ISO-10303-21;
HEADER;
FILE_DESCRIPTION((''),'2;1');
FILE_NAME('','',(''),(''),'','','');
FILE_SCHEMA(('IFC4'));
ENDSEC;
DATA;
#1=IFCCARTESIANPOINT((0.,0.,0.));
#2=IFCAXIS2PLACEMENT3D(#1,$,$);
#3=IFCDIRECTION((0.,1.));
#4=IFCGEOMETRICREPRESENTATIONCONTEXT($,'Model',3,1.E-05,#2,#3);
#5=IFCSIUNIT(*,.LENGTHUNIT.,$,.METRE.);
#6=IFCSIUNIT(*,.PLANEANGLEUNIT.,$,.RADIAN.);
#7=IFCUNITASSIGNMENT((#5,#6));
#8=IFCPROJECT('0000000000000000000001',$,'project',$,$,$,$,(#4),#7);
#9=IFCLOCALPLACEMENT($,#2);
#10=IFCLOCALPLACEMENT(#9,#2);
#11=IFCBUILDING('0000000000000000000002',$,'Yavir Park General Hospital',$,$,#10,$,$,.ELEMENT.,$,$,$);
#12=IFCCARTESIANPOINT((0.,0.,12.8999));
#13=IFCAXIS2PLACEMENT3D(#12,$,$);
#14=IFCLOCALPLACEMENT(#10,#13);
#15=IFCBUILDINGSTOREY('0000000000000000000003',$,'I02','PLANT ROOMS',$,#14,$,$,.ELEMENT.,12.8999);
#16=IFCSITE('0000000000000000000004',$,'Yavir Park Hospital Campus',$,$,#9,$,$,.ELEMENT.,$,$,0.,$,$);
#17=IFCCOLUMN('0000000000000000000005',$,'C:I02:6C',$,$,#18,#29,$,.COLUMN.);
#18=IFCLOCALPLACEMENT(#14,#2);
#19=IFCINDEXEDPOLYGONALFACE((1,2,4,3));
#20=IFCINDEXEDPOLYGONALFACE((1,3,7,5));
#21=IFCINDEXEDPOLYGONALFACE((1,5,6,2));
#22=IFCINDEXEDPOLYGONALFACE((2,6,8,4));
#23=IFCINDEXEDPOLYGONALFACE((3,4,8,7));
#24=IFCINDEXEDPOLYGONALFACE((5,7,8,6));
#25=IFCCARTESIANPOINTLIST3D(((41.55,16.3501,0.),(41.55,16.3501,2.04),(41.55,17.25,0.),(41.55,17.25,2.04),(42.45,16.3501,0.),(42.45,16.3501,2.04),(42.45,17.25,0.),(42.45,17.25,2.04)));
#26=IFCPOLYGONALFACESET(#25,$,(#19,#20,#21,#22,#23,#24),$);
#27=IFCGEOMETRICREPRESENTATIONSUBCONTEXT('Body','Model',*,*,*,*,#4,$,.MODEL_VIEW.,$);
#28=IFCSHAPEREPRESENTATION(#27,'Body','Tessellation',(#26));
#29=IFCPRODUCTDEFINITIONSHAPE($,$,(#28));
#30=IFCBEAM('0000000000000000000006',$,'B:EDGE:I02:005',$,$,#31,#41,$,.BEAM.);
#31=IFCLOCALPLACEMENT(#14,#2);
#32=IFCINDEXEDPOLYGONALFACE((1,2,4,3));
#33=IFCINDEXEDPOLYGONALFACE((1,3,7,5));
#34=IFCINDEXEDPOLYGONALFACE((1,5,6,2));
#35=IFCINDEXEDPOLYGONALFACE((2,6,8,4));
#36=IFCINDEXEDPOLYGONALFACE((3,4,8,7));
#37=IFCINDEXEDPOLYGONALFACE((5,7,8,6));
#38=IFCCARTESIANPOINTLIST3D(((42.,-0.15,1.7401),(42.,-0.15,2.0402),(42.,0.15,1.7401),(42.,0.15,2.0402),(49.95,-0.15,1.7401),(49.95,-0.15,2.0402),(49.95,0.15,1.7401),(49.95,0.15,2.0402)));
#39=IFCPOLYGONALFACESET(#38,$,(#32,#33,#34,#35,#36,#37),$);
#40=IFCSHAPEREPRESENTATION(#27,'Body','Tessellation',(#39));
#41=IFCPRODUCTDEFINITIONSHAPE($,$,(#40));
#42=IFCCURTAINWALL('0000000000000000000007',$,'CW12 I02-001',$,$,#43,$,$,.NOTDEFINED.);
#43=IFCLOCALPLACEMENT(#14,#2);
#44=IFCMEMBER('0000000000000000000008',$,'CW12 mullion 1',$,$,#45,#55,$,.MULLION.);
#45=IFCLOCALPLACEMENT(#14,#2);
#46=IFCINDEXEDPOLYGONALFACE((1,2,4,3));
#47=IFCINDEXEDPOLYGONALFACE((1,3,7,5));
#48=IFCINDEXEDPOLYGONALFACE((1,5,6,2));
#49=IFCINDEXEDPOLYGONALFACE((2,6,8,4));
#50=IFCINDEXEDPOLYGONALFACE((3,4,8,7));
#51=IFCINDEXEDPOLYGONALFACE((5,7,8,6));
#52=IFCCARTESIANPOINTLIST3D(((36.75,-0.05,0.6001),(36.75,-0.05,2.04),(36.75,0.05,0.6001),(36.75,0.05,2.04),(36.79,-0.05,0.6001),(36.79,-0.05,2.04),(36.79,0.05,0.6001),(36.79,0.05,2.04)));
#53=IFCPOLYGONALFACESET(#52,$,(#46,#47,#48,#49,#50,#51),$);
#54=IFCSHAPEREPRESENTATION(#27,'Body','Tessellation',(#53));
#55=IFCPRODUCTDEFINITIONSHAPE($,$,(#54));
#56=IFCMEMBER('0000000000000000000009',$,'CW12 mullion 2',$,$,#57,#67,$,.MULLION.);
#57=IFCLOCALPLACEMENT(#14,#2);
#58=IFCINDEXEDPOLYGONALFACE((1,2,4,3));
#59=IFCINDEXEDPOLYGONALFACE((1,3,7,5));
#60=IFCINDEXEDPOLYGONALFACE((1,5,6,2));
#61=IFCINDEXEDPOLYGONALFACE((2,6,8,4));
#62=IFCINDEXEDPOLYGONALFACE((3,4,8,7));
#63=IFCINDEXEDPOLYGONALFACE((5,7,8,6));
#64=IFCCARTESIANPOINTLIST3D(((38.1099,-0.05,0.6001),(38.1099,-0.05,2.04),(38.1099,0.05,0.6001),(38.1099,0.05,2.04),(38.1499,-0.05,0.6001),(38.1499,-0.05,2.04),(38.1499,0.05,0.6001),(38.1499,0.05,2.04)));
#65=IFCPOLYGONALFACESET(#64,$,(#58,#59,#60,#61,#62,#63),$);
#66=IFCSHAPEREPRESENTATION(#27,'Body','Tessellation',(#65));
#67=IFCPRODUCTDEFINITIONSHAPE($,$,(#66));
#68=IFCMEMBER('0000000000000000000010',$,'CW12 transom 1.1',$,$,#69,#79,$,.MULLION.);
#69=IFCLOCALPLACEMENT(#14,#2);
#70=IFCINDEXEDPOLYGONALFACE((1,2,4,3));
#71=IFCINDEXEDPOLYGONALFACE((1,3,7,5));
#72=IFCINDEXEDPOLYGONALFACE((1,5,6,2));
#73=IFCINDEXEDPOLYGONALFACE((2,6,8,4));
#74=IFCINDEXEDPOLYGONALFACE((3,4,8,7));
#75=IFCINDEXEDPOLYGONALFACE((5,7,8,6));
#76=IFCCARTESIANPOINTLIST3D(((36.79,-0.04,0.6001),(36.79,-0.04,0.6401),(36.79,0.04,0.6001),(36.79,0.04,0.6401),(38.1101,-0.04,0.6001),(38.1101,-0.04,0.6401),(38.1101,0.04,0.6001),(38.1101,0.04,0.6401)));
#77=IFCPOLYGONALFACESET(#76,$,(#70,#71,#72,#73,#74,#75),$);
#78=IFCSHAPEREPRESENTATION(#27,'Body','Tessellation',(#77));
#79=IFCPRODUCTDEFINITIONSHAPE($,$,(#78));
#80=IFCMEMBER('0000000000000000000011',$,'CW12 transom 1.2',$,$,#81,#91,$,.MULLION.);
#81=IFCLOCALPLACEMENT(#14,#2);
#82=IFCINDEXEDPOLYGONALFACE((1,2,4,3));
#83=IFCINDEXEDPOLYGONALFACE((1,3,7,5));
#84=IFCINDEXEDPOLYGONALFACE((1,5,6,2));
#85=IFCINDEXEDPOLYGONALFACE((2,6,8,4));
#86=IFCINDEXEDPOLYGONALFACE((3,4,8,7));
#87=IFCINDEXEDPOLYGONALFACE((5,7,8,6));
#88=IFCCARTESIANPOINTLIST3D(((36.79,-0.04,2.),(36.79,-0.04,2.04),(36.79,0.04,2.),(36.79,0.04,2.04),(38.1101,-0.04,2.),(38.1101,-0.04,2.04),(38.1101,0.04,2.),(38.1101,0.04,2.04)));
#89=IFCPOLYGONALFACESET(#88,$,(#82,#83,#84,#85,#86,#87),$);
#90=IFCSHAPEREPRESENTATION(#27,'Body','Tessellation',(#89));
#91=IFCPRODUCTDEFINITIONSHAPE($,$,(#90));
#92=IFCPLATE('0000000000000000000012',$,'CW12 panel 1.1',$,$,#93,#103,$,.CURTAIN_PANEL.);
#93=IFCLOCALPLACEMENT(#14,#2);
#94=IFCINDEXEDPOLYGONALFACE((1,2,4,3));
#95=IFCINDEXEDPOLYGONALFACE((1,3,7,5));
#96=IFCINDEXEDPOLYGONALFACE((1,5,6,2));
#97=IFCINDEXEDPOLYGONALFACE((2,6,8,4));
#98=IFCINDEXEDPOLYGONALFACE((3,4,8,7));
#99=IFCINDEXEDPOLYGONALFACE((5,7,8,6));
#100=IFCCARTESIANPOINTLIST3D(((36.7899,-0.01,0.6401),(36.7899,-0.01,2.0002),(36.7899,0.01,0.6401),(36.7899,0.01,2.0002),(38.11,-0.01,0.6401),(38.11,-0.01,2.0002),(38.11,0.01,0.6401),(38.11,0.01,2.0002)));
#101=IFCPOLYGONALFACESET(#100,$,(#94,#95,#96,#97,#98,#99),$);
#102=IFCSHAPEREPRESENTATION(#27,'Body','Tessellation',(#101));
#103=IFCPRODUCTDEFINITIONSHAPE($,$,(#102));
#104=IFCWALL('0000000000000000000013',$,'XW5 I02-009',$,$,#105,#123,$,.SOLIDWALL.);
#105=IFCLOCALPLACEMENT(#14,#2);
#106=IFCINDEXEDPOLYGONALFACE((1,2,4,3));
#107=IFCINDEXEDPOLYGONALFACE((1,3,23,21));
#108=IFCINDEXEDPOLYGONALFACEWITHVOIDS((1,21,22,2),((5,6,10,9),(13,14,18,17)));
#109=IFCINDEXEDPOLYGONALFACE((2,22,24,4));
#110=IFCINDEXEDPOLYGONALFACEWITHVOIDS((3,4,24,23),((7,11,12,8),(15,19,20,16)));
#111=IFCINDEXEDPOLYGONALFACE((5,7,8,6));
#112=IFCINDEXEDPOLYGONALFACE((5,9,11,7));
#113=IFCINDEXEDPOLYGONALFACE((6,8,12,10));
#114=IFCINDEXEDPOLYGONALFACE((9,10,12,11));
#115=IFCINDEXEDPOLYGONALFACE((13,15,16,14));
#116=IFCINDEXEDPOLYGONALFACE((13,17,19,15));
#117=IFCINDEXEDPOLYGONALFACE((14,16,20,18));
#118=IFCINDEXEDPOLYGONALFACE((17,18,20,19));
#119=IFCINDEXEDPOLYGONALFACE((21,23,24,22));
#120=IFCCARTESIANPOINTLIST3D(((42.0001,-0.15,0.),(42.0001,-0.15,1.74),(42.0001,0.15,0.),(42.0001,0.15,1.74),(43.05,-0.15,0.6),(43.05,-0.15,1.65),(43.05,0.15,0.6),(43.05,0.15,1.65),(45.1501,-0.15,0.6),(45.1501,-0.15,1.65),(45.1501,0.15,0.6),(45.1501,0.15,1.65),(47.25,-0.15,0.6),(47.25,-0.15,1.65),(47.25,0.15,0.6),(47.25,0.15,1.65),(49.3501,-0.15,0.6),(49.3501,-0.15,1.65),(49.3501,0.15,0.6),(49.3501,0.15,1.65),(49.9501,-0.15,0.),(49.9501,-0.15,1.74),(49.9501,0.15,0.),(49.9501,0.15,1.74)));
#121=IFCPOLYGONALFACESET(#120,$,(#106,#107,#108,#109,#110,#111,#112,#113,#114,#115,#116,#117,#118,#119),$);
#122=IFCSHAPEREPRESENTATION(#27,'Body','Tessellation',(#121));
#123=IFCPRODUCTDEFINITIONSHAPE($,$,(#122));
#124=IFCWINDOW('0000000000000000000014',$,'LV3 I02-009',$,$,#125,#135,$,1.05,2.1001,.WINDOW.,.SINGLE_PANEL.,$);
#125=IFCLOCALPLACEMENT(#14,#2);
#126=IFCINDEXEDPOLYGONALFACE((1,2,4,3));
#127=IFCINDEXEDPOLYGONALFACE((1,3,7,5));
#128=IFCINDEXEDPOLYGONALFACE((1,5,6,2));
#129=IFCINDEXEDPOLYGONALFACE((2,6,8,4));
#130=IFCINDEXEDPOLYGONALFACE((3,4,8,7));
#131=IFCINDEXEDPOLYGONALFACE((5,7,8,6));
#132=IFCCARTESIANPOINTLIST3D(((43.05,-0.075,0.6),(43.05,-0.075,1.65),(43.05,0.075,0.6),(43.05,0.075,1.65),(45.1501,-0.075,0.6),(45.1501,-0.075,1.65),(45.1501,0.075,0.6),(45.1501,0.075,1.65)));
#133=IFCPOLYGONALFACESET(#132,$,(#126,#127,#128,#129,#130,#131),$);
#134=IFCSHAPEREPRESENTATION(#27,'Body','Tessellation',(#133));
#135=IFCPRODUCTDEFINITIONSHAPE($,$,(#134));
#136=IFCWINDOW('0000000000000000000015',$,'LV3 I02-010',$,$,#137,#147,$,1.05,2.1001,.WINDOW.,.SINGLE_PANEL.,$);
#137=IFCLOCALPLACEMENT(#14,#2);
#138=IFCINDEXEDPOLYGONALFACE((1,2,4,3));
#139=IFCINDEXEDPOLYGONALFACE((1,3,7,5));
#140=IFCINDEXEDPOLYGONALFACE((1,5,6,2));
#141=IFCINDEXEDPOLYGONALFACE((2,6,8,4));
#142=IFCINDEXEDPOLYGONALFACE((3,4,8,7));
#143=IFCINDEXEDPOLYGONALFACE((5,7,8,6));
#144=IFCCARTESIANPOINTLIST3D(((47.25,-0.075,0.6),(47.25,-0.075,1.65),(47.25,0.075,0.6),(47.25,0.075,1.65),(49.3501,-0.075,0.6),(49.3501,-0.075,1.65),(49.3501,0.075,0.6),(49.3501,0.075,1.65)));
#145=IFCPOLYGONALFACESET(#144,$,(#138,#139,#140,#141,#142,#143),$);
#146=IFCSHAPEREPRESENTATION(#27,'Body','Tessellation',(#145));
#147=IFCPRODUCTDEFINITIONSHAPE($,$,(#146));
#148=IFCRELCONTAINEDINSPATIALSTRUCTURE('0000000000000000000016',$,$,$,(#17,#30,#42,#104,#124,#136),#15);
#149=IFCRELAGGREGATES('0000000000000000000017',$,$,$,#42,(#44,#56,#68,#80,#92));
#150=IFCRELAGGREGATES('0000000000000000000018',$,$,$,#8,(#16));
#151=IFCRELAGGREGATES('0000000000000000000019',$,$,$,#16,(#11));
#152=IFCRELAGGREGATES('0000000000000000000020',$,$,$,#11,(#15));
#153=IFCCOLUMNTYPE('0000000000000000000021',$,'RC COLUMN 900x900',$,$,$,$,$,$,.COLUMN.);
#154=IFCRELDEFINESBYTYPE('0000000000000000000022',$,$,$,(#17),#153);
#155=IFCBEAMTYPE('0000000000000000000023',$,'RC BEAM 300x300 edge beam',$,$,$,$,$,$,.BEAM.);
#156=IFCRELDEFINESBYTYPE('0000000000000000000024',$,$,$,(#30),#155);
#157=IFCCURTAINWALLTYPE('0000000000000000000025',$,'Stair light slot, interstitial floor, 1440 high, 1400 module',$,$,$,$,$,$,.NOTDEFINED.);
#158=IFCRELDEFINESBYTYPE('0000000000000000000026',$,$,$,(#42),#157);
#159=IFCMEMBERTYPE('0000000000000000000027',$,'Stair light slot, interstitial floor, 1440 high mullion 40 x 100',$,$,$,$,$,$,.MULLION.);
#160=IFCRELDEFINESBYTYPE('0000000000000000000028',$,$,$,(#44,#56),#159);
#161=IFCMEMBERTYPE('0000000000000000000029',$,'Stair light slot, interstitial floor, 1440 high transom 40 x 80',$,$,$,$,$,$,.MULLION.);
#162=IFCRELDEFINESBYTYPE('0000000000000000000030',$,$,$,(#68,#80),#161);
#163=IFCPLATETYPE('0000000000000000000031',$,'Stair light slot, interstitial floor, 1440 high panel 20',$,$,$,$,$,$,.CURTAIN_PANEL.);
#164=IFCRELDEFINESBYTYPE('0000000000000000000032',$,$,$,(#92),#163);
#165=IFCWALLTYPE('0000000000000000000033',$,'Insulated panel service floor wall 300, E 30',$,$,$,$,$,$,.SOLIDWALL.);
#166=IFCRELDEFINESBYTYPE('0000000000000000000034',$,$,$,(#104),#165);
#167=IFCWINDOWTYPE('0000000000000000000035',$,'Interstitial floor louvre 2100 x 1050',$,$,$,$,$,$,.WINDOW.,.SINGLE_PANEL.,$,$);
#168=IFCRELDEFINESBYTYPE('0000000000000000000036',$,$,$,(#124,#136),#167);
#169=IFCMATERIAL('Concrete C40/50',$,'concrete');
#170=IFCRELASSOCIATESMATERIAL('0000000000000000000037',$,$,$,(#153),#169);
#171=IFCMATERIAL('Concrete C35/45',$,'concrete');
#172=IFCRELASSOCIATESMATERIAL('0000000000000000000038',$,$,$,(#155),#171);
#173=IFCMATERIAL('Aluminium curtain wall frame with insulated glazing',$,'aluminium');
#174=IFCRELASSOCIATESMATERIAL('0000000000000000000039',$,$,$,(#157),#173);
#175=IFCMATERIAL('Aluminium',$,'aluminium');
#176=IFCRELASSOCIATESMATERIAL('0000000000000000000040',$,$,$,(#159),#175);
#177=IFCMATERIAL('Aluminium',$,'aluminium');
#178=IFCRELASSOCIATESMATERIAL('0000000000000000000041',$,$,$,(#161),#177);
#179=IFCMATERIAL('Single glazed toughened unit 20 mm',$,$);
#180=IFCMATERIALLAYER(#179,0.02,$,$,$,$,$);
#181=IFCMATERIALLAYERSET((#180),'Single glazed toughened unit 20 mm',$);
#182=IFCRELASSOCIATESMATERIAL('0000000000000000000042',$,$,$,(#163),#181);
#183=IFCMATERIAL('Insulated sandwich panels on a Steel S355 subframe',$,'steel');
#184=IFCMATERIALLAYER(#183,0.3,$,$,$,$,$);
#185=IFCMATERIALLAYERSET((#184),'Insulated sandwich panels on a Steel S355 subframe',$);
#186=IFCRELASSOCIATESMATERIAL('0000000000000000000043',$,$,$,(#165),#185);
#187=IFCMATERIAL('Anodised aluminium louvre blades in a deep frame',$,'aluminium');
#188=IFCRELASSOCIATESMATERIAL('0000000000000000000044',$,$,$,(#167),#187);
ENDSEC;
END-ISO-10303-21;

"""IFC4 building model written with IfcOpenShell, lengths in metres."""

from ifc_helpers import new_model, si_unit, direction, frame, frame_2d, origin, origin_2d, place, context, subcontext, project, spatial, rectangle, extrude, material, layer, layer_set, material_profile, profile_set, type_object, element, fill, aggregate, save


model = new_model("IFC4")

# Units and contexts
model_context = context("Model", 3, precision=1e-05, world=origin(), true_north=direction((0.0, 1.0)))
body_context = subcontext(model_context, "Body", "Model", "MODEL_VIEW")
ifc_project = project(units=[si_unit("LENGTHUNIT", "METRE"), si_unit("PLANEANGLEUNIT", "RADIAN")], contexts=[model_context])

# Site, building, storey
site_placement = place(None, origin())
site = spatial("IfcSite", under=ifc_project, at=site_placement, Name="Yavir Park Hospital Campus", CompositionType="ELEMENT", RefElevation=0.0)
building_placement = place(site_placement, origin())
building = spatial("IfcBuilding", under=site, at=building_placement, Name="Yavir Park General Hospital", CompositionType="ELEMENT")
storey_placement = place(building_placement, frame((0.0, 0.0, 12.8999)))
storey = spatial("IfcBuildingStorey", under=building, at=storey_placement, Name="I02", Description="PLANT ROOMS", CompositionType="ELEMENT", Elevation=12.8999)

# Column
ifc_material_1 = material(Name="Concrete C40/50", Category="concrete")
ifc_material_profile_1 = material_profile(ifc_material_1, rectangle(XDim=0.8999, YDim=0.8999, at=origin_2d()), Name="RC900x900")
ifc_profile_set_1 = profile_set([ifc_material_profile_1], Name="Concrete C40/50")
column_type = type_object("IfcColumnType", Name="RC COLUMN 900x900", PredefinedType="COLUMN", material=ifc_profile_set_1)
column_placement = place(storey_placement, frame((42.0, 16.8, 0.0), z_axis=(0.0, 0.0, 1.0), x_axis=(1.0, 0.0, 0.0)))
element("IfcColumn", 1, at=column_placement, inside=storey, type_object=column_type, Name="C:I02:6C", PredefinedType="COLUMN", context=body_context, shape_type="SweptSolid", body=[
    extrude(rectangle(XDim=0.8999, YDim=0.8999, at=origin_2d()), origin(), (0.0, 0.0, 1.0), 2.04),
])

# Beam
ifc_material_2 = material(Name="Concrete C35/45", Category="concrete")
ifc_material_profile_2 = material_profile(ifc_material_2, rectangle(XDim=0.3, YDim=0.3, at=origin_2d()), Name="RC300x300")
ifc_profile_set_2 = profile_set([ifc_material_profile_2], Name="Concrete C35/45")
beam_type = type_object("IfcBeamType", Name="RC BEAM 300x300 edge beam", PredefinedType="BEAM", material=ifc_profile_set_2)
beam_placement = place(storey_placement, frame((42.0, 0.0, 1.8901), z_axis=(1.0, 0.0, 0.0), x_axis=(0.0, 1.0, 0.0)))
element("IfcBeam", 2, at=beam_placement, inside=storey, type_object=beam_type, Name="B:EDGE:I02:005", PredefinedType="BEAM", context=body_context, shape_type="SweptSolid", body=[
    extrude(rectangle(XDim=0.3, YDim=0.3, at=origin_2d()), origin(), (0.0, 0.0, 1.0), 7.95),
])

# Curtain wall, members, plate
ifc_material_3 = material(Name="Aluminium curtain wall frame with insulated glazing", Category="aluminium")
curtain_wall_type = type_object("IfcCurtainWallType", Name="Stair light slot, interstitial floor, 1440 high, 1400 module", PredefinedType="NOTDEFINED", material=ifc_material_3)
curtain_wall_placement = place(storey_placement, origin())
curtain_wall = element("IfcCurtainWall", 3, at=curtain_wall_placement, inside=storey, type_object=curtain_wall_type, Name="CW12 I02-001", PredefinedType="NOTDEFINED")
ifc_material_4 = material(Name="Aluminium", Category="aluminium")
ifc_material_profile_3 = material_profile(ifc_material_4, rectangle(XDim=0.1001, YDim=0.04, at=origin_2d()), Name="AL 40x100")
ifc_profile_set_3 = profile_set([ifc_material_profile_3], Name="Aluminium")
member_type_1 = type_object("IfcMemberType", Name="Stair light slot, interstitial floor, 1440 high mullion 40 x 100", PredefinedType="MULLION", material=ifc_profile_set_3)
member_1_placement = place(storey_placement, frame((36.77, 0.0, 0.6001), z_axis=(0.0, 0.0, 1.0), x_axis=(0.0, 1.0, 0.0)))
member_1 = element("IfcMember", 4, at=member_1_placement, type_object=member_type_1, Name="CW12 mullion 1", PredefinedType="MULLION", context=body_context, shape_type="SweptSolid", body=[
    extrude(rectangle(XDim=0.1001, YDim=0.04, at=origin_2d()), origin(), (0.0, 0.0, 1.0), 1.4399),
])
member_2_placement = place(storey_placement, frame((38.1299, 0.0, 0.6001), z_axis=(0.0, 0.0, 1.0), x_axis=(0.0, 1.0, 0.0)))
member_2 = element("IfcMember", 5, at=member_2_placement, type_object=member_type_1, Name="CW12 mullion 2", PredefinedType="MULLION", context=body_context, shape_type="SweptSolid", body=[
    extrude(rectangle(XDim=0.1001, YDim=0.04, at=origin_2d()), origin(), (0.0, 0.0, 1.0), 1.4399),
])
ifc_material_5 = material(Name="Aluminium", Category="aluminium")
ifc_material_profile_4 = material_profile(ifc_material_5, rectangle(XDim=0.0801, YDim=0.04, at=origin_2d()), Name="AL 80x40")
ifc_profile_set_4 = profile_set([ifc_material_profile_4], Name="Aluminium")
member_type_2 = type_object("IfcMemberType", Name="Stair light slot, interstitial floor, 1440 high transom 40 x 80", PredefinedType="MULLION", material=ifc_profile_set_4)
member_3_placement = place(storey_placement, frame((36.79, 0.0, 0.6201), z_axis=(1.0, 0.0, 0.0), x_axis=(0.0, 1.0, 0.0)))
member_3 = element("IfcMember", 6, at=member_3_placement, type_object=member_type_2, Name="CW12 transom 1.1", PredefinedType="MULLION", context=body_context, shape_type="SweptSolid", body=[
    extrude(rectangle(XDim=0.0801, YDim=0.04, at=origin_2d()), origin(), (0.0, 0.0, 1.0), 1.3201),
])
member_4_placement = place(storey_placement, frame((36.79, 0.0, 2.02), z_axis=(1.0, 0.0, 0.0), x_axis=(0.0, 1.0, 0.0)))
member_4 = element("IfcMember", 7, at=member_4_placement, type_object=member_type_2, Name="CW12 transom 1.2", PredefinedType="MULLION", context=body_context, shape_type="SweptSolid", body=[
    extrude(rectangle(XDim=0.0801, YDim=0.04, at=origin_2d()), origin(), (0.0, 0.0, 1.0), 1.3201),
])
ifc_material_6 = material(Name="Single glazed toughened unit 20 mm")
ifc_layer_1 = layer(ifc_material_6, 0.02)
ifc_layer_set_1 = layer_set([ifc_layer_1], Name="Single glazed toughened unit 20 mm")
plate_type = type_object("IfcPlateType", Name="Stair light slot, interstitial floor, 1440 high panel 20", PredefinedType="CURTAIN_PANEL", material=ifc_layer_set_1)
plate_placement = place(storey_placement, frame((37.45, 0.0, 0.6401), z_axis=(0.0, 0.0, 1.0), x_axis=(1.0, 0.0, 0.0)))
plate = element("IfcPlate", 8, at=plate_placement, type_object=plate_type, Name="CW12 panel 1.1", PredefinedType="CURTAIN_PANEL", context=body_context, shape_type="SweptSolid", body=[
    extrude(rectangle(XDim=1.3201, YDim=0.02, at=origin_2d()), origin(), (0.0, 0.0, 1.0), 1.3601),
])
aggregate(curtain_wall, [member_1, member_2, member_3, member_4, plate])

# Wall, openings, windows
ifc_material_7 = material(Name="Insulated sandwich panels on a Steel S355 subframe", Category="steel")
ifc_layer_2 = layer(ifc_material_7, 0.3)
ifc_layer_set_2 = layer_set([ifc_layer_2], Name="Insulated sandwich panels on a Steel S355 subframe")
wall_type_1 = type_object("IfcWallType", Name="Insulated panel service floor wall 300, E 30", PredefinedType="SOLIDWALL", material=ifc_layer_set_2)
wall_1_placement = place(storey_placement, frame((42.0, 0.0, 0.0), z_axis=(0.0, 0.0, 1.0), x_axis=(1.0, 0.0, 0.0)))
wall_1 = element("IfcWall", 9, at=wall_1_placement, inside=storey, type_object=wall_type_1, Name="XW5 I02-009", PredefinedType="SOLIDWALL", context=body_context, shape_type="SweptSolid", body=[
    extrude(rectangle(XDim=7.95, YDim=0.3, at=frame_2d((3.9751, 0.0))), origin(), (0.0, 0.0, 1.0), 1.74),
])
opening_1_placement = place(wall_1_placement, frame((1.05, 0.0, 0.6001)))
opening_1 = element("IfcOpeningElement", 10, at=opening_1_placement, cuts=wall_1, PredefinedType="OPENING", context=body_context, shape_type="SweptSolid", body=[
    extrude(rectangle(XDim=2.1001, YDim=1.05, at=frame_2d((1.05, 0.5249))), frame((0.0, 0.1599, 0.0), z_axis=(0.0, -1.0, 0.0), x_axis=(1.0, 0.0, 0.0)), (0.0, 0.0, 1.0), 0.3201),
])
opening_2_placement = place(wall_1_placement, frame((5.25, 0.0, 0.6001)))
opening_2 = element("IfcOpeningElement", 11, at=opening_2_placement, cuts=wall_1, PredefinedType="OPENING", context=body_context, shape_type="SweptSolid", body=[
    extrude(rectangle(XDim=2.1001, YDim=1.05, at=frame_2d((1.05, 0.5249))), frame((0.0, 0.1599, 0.0), z_axis=(0.0, -1.0, 0.0), x_axis=(1.0, 0.0, 0.0)), (0.0, 0.0, 1.0), 0.3201),
])
ifc_material_8 = material(Name="Anodised aluminium louvre blades in a deep frame", Category="aluminium")
window_type = type_object("IfcWindowType", Name="Interstitial floor louvre 2100 x 1050", PartitioningType="SINGLE_PANEL", PredefinedType="WINDOW", material=ifc_material_8)
window_1_placement = place(opening_1_placement, origin())
window_1 = element("IfcWindow", 12, at=window_1_placement, inside=storey, type_object=window_type, Name="LV3 I02-009", OverallHeight=1.05, OverallWidth=2.1001, PartitioningType="SINGLE_PANEL", PredefinedType="WINDOW", context=body_context, shape_type="SweptSolid", body=[
    extrude(rectangle(XDim=2.1001, YDim=1.05, at=frame_2d((1.05, 0.5249))), frame((0.0, 0.075, 0.0), z_axis=(0.0, -1.0, 0.0), x_axis=(1.0, 0.0, 0.0)), (0.0, 0.0, 1.0), 0.1499),
])
fill(opening_1, window_1)
window_2_placement = place(opening_2_placement, origin())
window_2 = element("IfcWindow", 13, at=window_2_placement, inside=storey, type_object=window_type, Name="LV3 I02-010", OverallHeight=1.05, OverallWidth=2.1001, PartitioningType="SINGLE_PANEL", PredefinedType="WINDOW", context=body_context, shape_type="SweptSolid", body=[
    extrude(rectangle(XDim=2.1001, YDim=1.05, at=frame_2d((1.05, 0.5249))), frame((0.0, 0.075, 0.0), z_axis=(0.0, -1.0, 0.0), x_axis=(1.0, 0.0, 0.0)), (0.0, 0.0, 1.0), 0.1499),
])
fill(opening_2, window_2)

save(model, "model.ifc")
